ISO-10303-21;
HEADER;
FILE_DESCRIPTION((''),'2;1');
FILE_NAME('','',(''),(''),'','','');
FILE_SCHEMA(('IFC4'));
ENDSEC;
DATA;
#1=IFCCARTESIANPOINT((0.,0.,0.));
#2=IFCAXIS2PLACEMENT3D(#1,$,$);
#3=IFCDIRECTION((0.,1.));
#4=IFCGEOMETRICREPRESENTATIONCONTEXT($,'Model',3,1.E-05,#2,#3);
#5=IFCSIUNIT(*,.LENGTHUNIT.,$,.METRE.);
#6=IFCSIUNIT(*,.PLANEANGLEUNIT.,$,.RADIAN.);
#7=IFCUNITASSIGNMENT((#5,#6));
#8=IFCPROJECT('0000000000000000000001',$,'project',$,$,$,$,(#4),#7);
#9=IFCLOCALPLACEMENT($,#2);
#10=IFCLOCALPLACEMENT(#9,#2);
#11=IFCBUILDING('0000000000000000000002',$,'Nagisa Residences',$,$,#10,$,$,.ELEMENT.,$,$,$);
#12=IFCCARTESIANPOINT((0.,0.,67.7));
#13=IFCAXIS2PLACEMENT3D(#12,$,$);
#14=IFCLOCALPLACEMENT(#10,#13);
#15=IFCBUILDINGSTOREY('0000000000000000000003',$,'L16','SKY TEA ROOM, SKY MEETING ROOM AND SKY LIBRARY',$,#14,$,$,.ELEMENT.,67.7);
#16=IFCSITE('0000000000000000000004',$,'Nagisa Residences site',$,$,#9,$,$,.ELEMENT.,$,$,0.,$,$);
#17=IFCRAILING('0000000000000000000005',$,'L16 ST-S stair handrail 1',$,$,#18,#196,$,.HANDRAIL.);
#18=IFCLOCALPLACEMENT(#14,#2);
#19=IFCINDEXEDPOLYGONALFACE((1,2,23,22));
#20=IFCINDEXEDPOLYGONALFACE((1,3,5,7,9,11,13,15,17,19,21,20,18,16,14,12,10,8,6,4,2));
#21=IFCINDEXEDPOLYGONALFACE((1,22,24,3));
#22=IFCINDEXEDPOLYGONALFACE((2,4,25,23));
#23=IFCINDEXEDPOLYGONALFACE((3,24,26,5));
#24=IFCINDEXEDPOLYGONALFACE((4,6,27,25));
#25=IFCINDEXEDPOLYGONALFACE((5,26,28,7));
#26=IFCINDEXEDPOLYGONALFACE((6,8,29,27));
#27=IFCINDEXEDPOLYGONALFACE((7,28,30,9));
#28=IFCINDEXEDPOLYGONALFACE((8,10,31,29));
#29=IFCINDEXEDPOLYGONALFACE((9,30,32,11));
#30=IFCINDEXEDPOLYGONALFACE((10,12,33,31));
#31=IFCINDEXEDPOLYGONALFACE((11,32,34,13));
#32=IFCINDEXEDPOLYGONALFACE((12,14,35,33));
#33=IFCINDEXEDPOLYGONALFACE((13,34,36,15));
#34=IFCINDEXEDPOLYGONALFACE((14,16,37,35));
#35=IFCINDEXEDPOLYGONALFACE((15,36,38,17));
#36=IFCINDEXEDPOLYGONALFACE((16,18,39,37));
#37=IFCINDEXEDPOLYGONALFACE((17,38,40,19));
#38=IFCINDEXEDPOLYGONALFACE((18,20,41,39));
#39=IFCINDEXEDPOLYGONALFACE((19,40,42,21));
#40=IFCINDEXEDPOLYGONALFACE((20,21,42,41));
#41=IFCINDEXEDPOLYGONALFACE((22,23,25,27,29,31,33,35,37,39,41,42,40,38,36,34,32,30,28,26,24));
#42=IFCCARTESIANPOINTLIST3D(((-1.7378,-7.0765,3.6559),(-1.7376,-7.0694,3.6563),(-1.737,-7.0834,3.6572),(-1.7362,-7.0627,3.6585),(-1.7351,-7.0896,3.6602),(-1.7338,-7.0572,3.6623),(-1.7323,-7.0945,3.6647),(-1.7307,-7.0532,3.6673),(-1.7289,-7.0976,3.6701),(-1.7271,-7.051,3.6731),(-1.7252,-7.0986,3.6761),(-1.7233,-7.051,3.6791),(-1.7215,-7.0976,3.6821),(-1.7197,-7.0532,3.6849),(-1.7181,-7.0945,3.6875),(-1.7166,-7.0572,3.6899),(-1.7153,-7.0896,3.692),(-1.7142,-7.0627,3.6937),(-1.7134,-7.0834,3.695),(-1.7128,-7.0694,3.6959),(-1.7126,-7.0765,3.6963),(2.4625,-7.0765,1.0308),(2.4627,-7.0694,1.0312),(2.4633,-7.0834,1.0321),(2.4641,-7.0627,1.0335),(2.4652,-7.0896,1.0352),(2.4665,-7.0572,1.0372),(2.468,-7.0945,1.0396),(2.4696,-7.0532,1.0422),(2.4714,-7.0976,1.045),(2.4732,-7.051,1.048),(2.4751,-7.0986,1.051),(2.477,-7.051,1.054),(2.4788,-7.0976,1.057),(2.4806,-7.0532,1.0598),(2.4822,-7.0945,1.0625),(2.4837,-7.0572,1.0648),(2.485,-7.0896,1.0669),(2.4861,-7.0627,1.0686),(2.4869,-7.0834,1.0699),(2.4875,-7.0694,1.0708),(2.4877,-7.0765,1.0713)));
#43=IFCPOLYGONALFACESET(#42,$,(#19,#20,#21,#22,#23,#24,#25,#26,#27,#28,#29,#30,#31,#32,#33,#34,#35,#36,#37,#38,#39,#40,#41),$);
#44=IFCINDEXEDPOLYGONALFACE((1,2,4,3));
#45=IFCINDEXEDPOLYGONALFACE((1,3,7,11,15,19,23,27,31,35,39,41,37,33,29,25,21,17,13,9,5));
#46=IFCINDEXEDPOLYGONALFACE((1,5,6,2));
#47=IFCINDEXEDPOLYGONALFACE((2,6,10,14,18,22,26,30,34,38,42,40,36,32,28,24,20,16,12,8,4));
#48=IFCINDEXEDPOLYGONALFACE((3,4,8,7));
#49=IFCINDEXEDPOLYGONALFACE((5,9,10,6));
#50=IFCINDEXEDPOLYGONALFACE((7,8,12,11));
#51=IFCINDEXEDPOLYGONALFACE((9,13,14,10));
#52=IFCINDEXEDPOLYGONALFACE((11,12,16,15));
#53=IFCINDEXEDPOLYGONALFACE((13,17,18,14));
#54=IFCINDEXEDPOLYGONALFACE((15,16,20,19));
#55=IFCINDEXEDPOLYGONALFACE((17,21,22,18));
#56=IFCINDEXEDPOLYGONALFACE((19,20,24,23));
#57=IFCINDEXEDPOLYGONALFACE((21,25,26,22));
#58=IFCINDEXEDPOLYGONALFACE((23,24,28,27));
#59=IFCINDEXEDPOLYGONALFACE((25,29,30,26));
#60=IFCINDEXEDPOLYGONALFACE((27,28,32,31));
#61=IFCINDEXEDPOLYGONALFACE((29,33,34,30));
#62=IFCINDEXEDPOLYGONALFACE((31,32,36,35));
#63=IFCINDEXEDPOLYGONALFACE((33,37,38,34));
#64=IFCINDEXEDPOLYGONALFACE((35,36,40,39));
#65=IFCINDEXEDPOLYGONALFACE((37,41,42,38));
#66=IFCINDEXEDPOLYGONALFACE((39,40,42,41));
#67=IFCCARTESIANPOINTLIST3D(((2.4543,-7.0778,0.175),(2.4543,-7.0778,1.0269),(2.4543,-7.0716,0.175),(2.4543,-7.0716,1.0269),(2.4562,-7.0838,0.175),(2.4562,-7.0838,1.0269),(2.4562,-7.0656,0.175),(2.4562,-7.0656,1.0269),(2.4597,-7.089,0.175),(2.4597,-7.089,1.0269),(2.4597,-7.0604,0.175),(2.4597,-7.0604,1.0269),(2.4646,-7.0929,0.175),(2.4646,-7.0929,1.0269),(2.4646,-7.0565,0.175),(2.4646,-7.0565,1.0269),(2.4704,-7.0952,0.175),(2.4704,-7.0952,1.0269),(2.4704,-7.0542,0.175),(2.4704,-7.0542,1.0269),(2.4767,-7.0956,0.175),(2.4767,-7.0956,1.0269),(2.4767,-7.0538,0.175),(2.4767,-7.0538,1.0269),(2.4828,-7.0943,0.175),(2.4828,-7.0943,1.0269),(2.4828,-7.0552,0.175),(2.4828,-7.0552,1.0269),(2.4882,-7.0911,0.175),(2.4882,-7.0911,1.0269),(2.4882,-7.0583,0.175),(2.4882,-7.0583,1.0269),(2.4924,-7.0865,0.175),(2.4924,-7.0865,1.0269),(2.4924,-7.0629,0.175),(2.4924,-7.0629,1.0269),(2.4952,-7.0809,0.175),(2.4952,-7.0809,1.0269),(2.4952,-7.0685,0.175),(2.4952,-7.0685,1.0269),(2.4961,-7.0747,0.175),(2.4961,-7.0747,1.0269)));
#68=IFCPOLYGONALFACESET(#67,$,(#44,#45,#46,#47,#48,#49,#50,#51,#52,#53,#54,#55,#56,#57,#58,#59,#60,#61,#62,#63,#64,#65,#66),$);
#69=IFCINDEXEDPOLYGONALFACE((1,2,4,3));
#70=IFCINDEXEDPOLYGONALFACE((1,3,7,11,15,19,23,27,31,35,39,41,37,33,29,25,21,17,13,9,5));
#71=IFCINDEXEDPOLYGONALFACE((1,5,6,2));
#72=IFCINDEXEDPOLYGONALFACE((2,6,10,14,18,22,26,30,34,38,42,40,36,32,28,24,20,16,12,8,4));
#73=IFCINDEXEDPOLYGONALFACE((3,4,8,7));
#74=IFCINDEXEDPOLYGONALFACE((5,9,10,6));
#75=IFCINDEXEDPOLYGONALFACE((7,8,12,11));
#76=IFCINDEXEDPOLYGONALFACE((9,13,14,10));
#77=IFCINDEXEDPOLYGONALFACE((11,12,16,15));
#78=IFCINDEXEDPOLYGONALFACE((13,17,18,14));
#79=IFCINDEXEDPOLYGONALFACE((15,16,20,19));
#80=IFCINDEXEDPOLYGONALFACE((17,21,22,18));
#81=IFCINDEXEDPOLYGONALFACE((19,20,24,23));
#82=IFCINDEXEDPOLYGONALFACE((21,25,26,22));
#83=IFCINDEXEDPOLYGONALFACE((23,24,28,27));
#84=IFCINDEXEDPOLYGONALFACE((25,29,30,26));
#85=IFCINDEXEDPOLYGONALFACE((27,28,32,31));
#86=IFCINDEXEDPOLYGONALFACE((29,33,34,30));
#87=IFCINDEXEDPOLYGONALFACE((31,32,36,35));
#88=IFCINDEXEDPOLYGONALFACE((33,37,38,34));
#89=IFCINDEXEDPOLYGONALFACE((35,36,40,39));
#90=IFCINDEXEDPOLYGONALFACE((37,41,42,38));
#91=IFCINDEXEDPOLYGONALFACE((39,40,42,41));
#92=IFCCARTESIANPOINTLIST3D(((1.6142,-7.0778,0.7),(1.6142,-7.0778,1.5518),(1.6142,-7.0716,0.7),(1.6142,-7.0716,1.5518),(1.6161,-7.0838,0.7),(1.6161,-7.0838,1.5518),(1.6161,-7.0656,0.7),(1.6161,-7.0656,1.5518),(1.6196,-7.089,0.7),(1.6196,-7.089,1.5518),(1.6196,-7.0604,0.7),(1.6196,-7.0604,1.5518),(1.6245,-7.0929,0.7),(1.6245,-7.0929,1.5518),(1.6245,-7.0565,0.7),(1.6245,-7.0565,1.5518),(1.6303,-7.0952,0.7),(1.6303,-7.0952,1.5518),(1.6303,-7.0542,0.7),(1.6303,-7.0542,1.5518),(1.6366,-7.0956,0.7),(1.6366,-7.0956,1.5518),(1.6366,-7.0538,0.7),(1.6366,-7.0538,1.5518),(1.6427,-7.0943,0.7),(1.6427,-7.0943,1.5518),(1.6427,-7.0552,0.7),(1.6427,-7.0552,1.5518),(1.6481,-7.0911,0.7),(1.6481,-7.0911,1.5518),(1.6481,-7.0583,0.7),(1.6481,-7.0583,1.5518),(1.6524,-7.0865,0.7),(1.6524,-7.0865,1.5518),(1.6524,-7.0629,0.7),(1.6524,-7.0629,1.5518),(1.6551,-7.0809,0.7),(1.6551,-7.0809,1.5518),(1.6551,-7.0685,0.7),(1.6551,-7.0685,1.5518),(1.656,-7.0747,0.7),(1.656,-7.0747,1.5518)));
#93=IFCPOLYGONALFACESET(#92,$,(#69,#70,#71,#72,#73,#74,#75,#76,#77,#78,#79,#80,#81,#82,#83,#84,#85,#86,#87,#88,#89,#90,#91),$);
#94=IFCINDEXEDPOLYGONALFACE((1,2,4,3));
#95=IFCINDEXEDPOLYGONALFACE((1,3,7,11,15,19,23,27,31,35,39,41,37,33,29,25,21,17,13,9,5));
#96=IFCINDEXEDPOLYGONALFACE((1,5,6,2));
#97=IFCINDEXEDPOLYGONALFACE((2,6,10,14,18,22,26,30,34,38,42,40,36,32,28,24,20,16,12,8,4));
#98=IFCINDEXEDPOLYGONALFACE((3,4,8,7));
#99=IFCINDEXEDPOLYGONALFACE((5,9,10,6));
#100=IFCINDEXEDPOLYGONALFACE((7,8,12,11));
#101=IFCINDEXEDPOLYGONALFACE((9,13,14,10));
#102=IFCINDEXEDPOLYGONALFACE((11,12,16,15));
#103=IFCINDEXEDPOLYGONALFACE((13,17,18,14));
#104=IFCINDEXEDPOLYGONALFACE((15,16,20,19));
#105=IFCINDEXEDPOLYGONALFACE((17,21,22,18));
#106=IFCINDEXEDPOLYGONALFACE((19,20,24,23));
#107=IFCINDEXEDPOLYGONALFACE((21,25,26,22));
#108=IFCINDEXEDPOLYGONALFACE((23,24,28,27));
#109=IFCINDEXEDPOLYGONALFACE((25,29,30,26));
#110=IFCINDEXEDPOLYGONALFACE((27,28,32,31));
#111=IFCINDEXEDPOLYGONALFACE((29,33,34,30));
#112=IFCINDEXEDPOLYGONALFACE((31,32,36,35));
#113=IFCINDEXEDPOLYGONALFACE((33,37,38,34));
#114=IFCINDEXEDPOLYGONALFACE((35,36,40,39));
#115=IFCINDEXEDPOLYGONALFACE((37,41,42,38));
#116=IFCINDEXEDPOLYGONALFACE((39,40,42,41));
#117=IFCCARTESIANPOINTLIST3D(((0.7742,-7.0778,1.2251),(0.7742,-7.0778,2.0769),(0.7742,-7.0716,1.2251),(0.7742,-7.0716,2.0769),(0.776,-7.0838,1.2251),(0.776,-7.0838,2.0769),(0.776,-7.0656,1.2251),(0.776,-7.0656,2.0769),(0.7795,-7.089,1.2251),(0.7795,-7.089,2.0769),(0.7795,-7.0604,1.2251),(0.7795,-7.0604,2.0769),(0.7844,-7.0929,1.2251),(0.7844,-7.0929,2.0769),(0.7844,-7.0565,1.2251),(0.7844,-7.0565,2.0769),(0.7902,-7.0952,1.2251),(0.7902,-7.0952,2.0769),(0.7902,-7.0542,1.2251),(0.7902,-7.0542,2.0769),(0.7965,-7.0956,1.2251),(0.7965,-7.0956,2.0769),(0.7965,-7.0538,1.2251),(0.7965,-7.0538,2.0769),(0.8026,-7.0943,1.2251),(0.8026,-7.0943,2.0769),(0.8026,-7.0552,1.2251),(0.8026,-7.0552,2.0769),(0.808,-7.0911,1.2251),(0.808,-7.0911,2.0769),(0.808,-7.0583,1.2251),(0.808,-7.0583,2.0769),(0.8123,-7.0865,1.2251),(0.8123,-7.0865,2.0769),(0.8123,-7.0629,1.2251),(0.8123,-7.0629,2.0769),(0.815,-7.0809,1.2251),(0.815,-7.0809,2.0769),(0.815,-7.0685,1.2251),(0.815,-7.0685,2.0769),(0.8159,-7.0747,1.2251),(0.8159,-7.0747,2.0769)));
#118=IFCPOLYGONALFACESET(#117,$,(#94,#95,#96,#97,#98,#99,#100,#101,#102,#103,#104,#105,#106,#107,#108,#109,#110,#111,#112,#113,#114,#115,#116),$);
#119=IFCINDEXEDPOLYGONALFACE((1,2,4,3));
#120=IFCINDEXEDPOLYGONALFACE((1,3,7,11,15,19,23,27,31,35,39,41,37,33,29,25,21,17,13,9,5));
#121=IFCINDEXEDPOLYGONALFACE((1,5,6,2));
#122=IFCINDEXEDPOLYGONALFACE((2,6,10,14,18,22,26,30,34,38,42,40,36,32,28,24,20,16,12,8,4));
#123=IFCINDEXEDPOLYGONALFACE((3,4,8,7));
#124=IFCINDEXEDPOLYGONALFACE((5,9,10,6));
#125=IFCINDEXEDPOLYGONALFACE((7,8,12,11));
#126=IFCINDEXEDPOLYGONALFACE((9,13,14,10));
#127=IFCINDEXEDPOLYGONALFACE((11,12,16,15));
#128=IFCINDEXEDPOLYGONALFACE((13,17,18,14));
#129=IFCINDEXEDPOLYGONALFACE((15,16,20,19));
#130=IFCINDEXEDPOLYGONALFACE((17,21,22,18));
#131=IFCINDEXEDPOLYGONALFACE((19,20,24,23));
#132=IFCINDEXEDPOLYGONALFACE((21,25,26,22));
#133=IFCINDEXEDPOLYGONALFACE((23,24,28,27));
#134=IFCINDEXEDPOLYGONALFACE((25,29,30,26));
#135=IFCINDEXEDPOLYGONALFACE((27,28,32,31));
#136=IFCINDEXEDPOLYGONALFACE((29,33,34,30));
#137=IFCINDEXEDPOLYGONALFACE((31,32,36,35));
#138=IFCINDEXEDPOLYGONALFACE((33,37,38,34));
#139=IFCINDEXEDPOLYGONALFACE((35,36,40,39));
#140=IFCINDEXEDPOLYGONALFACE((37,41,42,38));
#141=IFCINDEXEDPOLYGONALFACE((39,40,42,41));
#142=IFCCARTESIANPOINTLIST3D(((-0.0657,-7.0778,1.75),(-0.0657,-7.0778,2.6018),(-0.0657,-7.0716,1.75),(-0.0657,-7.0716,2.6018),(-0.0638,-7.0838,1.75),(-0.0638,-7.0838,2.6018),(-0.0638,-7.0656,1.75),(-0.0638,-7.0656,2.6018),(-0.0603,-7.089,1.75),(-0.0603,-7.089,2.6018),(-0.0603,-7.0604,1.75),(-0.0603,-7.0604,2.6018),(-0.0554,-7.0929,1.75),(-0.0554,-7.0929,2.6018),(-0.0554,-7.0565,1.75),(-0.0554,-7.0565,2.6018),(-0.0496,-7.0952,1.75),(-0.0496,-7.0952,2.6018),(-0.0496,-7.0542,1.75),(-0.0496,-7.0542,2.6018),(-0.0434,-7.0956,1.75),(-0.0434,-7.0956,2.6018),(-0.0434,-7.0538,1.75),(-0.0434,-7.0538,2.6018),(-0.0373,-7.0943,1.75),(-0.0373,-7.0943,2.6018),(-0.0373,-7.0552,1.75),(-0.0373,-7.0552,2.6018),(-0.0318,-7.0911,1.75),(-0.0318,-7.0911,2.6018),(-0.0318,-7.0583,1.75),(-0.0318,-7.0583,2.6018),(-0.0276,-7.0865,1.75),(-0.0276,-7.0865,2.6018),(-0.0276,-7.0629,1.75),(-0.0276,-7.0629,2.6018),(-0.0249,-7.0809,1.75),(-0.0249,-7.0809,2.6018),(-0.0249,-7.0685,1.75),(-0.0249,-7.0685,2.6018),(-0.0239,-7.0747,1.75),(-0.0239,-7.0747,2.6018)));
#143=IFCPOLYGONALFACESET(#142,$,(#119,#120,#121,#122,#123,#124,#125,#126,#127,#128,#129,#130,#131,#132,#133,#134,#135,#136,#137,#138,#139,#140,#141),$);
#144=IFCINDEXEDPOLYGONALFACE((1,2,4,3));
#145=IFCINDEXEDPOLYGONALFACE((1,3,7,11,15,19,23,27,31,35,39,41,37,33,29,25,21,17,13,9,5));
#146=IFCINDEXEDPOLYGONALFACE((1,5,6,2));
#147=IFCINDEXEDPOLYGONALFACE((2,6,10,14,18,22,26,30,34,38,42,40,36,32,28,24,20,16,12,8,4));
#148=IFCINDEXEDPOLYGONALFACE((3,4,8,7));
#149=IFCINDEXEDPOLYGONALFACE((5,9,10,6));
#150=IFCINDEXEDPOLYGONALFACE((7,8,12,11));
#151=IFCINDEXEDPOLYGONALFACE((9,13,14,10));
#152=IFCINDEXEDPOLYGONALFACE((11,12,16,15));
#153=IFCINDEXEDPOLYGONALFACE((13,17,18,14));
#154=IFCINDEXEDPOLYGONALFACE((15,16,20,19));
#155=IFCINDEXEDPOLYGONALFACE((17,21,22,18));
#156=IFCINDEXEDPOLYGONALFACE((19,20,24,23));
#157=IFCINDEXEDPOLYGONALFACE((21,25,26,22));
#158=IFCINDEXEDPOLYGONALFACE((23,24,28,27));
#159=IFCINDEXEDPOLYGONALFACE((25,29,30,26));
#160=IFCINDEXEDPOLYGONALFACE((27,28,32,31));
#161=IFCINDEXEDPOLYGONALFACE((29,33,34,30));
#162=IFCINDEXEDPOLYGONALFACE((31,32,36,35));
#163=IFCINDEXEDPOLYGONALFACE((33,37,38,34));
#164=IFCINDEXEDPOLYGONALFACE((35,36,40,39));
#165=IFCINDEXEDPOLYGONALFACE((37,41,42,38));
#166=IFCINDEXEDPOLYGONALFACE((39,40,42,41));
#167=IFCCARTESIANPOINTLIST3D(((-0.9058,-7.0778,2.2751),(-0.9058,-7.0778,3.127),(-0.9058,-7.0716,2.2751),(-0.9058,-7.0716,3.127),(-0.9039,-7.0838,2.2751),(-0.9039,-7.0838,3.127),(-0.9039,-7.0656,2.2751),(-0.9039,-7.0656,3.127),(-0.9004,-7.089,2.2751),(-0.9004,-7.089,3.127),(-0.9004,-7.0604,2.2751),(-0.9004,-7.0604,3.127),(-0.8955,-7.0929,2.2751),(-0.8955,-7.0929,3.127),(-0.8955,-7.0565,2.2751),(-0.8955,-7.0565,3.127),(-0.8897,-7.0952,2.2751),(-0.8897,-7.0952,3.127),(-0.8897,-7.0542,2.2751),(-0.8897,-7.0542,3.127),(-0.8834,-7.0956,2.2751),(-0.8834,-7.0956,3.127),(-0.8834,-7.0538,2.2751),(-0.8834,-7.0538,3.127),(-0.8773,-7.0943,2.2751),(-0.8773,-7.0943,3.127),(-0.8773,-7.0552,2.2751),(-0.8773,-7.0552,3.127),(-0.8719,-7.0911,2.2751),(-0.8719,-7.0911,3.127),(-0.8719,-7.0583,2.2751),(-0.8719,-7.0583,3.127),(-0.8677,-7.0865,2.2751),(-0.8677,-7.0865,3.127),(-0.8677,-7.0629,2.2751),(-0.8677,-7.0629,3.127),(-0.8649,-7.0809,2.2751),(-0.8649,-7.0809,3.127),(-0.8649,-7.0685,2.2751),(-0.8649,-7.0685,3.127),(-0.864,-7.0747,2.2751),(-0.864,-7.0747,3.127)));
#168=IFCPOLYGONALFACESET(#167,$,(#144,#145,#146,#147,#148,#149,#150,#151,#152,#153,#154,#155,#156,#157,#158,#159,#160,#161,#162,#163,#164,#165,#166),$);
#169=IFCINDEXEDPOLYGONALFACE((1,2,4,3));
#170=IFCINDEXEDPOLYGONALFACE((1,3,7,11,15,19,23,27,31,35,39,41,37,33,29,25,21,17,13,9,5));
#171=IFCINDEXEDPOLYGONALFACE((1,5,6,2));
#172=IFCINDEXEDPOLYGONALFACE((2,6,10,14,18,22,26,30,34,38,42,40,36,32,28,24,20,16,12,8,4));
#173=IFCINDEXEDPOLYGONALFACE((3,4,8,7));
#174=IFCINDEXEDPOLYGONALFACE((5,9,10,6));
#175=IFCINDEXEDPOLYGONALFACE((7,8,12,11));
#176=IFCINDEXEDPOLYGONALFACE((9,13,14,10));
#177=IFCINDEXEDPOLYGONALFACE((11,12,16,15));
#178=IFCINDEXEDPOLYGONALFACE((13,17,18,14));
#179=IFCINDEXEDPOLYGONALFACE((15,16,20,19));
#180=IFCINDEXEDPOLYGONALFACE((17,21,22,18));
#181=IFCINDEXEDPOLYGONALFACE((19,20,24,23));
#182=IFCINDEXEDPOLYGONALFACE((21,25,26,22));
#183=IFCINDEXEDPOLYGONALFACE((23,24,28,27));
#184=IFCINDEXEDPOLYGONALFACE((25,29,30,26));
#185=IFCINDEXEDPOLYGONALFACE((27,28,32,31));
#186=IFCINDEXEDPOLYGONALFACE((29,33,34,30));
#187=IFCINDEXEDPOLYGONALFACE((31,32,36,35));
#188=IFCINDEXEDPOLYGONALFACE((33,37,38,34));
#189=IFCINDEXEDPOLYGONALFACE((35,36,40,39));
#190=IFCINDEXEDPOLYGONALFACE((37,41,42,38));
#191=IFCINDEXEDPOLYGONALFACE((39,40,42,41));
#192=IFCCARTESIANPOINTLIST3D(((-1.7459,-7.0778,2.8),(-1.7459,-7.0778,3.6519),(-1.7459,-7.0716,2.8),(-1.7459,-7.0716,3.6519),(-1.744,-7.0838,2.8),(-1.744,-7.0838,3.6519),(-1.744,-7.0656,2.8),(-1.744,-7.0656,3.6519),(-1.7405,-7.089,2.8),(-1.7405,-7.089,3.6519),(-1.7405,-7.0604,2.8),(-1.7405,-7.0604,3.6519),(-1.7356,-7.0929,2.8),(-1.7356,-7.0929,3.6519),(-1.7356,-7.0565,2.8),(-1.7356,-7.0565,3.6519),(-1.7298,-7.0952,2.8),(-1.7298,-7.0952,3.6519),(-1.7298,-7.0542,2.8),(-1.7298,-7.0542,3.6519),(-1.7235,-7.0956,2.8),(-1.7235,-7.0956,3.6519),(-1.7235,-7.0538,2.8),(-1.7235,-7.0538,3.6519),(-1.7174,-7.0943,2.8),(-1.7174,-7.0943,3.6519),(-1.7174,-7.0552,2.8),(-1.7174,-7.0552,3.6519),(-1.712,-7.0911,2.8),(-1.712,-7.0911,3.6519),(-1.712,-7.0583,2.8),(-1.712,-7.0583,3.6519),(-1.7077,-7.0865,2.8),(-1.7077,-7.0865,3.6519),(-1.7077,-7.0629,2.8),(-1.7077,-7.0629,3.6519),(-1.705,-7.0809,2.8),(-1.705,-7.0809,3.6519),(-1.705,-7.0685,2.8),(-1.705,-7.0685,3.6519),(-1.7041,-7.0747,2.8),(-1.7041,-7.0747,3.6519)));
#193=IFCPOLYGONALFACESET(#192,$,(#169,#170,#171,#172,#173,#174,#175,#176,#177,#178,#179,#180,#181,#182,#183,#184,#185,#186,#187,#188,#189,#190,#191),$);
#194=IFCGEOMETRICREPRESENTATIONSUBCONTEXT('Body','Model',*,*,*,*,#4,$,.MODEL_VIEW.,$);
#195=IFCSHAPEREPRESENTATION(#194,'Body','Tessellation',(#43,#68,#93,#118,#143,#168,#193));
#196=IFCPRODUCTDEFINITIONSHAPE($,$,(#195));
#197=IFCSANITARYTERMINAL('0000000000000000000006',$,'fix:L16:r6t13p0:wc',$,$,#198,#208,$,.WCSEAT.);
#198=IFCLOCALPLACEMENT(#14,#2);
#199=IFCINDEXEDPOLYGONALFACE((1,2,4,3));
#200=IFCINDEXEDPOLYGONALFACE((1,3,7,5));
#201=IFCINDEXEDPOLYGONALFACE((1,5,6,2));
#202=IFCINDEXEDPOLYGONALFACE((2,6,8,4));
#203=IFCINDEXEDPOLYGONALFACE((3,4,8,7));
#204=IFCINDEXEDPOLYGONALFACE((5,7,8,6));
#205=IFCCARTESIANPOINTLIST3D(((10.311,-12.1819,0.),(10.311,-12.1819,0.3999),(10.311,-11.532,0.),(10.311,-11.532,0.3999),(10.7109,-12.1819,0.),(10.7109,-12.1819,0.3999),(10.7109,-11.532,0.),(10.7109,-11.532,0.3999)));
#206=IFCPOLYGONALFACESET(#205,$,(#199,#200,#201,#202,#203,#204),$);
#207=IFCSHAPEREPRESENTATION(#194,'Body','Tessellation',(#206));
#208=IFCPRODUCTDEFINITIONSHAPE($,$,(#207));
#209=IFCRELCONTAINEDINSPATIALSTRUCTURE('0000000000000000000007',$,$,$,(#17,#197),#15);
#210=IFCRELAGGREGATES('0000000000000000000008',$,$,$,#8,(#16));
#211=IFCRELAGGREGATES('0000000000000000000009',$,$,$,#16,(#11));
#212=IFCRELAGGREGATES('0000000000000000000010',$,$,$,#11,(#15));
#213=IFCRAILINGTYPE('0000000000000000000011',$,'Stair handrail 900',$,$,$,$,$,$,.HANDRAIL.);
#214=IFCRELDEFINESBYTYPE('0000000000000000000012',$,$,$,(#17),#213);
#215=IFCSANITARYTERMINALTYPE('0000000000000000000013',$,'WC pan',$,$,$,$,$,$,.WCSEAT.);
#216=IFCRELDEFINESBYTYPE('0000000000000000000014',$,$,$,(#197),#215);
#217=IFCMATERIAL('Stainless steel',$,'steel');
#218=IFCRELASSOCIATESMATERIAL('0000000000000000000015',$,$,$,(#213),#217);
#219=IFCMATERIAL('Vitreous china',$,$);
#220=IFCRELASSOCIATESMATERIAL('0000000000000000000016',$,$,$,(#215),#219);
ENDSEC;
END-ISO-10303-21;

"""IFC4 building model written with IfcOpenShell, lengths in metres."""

from ifc_helpers import new_model, si_unit, direction, frame, origin, origin_2d, place, context, subcontext, project, spatial, rectangle, circle, extrude, material, type_object, element, save


model = new_model("IFC4")

# Units and contexts
model_context = context("Model", 3, precision=1e-05, world=origin(), true_north=direction((0.0, 1.0)))
body_context = subcontext(model_context, "Body", "Model", "MODEL_VIEW")
ifc_project = project(units=[si_unit("LENGTHUNIT", "METRE"), si_unit("PLANEANGLEUNIT", "RADIAN")], contexts=[model_context])

# Site, building, storey
site_placement = place(None, origin())
site = spatial("IfcSite", under=ifc_project, at=site_placement, Name="Nagisa Residences site", CompositionType="ELEMENT", RefElevation=0.0)
building_placement = place(site_placement, origin())
building = spatial("IfcBuilding", under=site, at=building_placement, Name="Nagisa Residences", CompositionType="ELEMENT")
storey_placement = place(building_placement, frame((0.0, 0.0, 67.7)))
storey = spatial("IfcBuildingStorey", under=building, at=storey_placement, Name="L16", Description="SKY TEA ROOM, SKY MEETING ROOM AND SKY LIBRARY", CompositionType="ELEMENT", Elevation=67.7)

# Railing
ifc_material_1 = material(Name="Stainless steel", Category="steel")
railing_type_1 = type_object("IfcRailingType", Name="Stair handrail 900", PredefinedType="HANDRAIL", material=ifc_material_1)
railing_1_placement = place(storey_placement, frame((2.4751, -7.0747, 0.175)))
element("IfcRailing", 1, at=railing_1_placement, inside=storey, type_object=railing_type_1, Name="L16 ST-S stair handrail 1", PredefinedType="HANDRAIL", context=body_context, shape_type="SweptSolid", body=[
    extrude(circle(Radius=0.0239, at=origin_2d()), frame((0.0, 0.0, 0.876), z_axis=(-0.848009, 0.0, 0.529981), x_axis=(0.0, -1.0, 0.0)), (0.0, 0.0, 1.0), 4.9531),
    extrude(circle(Radius=0.021, at=origin_2d()), origin(), (0.0, 0.0, 1.0), 0.8518),
    extrude(circle(Radius=0.021, at=origin_2d()), frame((-0.8401, 0.0, 0.5249)), (0.0, 0.0, 1.0), 0.8518),
    extrude(circle(Radius=0.021, at=origin_2d()), frame((-1.6802, 0.0, 1.05)), (0.0, 0.0, 1.0), 0.8518),
    extrude(circle(Radius=0.021, at=origin_2d()), frame((-2.52, 0.0, 1.575)), (0.0, 0.0, 1.0), 0.8518),
    extrude(circle(Radius=0.021, at=origin_2d()), frame((-3.3601, 0.0, 2.1001)), (0.0, 0.0, 1.0), 0.8518),
    extrude(circle(Radius=0.021, at=origin_2d()), frame((-4.2002, 0.0, 2.625)), (0.0, 0.0, 1.0), 0.8518),
])

# Sanitary terminal
ifc_material_2 = material(Name="Vitreous china")
sanitary_terminal_type_1 = type_object("IfcSanitaryTerminalType", Name="WC pan", PredefinedType="WCSEAT", material=ifc_material_2)
sanitary_terminal_placement = place(storey_placement, frame((10.511, -11.8569, 0.0), z_axis=(0.0, 0.0, 1.0), x_axis=(1.0, 0.0, 0.0)))
element("IfcSanitaryTerminal", 2, at=sanitary_terminal_placement, inside=storey, type_object=sanitary_terminal_type_1, Name="fix:L16:r6t13p0:wc", PredefinedType="WCSEAT", context=body_context, shape_type="SweptSolid", body=[
    extrude(rectangle(XDim=0.3999, YDim=0.6499, at=origin_2d()), origin(), (0.0, 0.0, 1.0), 0.3999),
])

save(model, "model.ifc")
